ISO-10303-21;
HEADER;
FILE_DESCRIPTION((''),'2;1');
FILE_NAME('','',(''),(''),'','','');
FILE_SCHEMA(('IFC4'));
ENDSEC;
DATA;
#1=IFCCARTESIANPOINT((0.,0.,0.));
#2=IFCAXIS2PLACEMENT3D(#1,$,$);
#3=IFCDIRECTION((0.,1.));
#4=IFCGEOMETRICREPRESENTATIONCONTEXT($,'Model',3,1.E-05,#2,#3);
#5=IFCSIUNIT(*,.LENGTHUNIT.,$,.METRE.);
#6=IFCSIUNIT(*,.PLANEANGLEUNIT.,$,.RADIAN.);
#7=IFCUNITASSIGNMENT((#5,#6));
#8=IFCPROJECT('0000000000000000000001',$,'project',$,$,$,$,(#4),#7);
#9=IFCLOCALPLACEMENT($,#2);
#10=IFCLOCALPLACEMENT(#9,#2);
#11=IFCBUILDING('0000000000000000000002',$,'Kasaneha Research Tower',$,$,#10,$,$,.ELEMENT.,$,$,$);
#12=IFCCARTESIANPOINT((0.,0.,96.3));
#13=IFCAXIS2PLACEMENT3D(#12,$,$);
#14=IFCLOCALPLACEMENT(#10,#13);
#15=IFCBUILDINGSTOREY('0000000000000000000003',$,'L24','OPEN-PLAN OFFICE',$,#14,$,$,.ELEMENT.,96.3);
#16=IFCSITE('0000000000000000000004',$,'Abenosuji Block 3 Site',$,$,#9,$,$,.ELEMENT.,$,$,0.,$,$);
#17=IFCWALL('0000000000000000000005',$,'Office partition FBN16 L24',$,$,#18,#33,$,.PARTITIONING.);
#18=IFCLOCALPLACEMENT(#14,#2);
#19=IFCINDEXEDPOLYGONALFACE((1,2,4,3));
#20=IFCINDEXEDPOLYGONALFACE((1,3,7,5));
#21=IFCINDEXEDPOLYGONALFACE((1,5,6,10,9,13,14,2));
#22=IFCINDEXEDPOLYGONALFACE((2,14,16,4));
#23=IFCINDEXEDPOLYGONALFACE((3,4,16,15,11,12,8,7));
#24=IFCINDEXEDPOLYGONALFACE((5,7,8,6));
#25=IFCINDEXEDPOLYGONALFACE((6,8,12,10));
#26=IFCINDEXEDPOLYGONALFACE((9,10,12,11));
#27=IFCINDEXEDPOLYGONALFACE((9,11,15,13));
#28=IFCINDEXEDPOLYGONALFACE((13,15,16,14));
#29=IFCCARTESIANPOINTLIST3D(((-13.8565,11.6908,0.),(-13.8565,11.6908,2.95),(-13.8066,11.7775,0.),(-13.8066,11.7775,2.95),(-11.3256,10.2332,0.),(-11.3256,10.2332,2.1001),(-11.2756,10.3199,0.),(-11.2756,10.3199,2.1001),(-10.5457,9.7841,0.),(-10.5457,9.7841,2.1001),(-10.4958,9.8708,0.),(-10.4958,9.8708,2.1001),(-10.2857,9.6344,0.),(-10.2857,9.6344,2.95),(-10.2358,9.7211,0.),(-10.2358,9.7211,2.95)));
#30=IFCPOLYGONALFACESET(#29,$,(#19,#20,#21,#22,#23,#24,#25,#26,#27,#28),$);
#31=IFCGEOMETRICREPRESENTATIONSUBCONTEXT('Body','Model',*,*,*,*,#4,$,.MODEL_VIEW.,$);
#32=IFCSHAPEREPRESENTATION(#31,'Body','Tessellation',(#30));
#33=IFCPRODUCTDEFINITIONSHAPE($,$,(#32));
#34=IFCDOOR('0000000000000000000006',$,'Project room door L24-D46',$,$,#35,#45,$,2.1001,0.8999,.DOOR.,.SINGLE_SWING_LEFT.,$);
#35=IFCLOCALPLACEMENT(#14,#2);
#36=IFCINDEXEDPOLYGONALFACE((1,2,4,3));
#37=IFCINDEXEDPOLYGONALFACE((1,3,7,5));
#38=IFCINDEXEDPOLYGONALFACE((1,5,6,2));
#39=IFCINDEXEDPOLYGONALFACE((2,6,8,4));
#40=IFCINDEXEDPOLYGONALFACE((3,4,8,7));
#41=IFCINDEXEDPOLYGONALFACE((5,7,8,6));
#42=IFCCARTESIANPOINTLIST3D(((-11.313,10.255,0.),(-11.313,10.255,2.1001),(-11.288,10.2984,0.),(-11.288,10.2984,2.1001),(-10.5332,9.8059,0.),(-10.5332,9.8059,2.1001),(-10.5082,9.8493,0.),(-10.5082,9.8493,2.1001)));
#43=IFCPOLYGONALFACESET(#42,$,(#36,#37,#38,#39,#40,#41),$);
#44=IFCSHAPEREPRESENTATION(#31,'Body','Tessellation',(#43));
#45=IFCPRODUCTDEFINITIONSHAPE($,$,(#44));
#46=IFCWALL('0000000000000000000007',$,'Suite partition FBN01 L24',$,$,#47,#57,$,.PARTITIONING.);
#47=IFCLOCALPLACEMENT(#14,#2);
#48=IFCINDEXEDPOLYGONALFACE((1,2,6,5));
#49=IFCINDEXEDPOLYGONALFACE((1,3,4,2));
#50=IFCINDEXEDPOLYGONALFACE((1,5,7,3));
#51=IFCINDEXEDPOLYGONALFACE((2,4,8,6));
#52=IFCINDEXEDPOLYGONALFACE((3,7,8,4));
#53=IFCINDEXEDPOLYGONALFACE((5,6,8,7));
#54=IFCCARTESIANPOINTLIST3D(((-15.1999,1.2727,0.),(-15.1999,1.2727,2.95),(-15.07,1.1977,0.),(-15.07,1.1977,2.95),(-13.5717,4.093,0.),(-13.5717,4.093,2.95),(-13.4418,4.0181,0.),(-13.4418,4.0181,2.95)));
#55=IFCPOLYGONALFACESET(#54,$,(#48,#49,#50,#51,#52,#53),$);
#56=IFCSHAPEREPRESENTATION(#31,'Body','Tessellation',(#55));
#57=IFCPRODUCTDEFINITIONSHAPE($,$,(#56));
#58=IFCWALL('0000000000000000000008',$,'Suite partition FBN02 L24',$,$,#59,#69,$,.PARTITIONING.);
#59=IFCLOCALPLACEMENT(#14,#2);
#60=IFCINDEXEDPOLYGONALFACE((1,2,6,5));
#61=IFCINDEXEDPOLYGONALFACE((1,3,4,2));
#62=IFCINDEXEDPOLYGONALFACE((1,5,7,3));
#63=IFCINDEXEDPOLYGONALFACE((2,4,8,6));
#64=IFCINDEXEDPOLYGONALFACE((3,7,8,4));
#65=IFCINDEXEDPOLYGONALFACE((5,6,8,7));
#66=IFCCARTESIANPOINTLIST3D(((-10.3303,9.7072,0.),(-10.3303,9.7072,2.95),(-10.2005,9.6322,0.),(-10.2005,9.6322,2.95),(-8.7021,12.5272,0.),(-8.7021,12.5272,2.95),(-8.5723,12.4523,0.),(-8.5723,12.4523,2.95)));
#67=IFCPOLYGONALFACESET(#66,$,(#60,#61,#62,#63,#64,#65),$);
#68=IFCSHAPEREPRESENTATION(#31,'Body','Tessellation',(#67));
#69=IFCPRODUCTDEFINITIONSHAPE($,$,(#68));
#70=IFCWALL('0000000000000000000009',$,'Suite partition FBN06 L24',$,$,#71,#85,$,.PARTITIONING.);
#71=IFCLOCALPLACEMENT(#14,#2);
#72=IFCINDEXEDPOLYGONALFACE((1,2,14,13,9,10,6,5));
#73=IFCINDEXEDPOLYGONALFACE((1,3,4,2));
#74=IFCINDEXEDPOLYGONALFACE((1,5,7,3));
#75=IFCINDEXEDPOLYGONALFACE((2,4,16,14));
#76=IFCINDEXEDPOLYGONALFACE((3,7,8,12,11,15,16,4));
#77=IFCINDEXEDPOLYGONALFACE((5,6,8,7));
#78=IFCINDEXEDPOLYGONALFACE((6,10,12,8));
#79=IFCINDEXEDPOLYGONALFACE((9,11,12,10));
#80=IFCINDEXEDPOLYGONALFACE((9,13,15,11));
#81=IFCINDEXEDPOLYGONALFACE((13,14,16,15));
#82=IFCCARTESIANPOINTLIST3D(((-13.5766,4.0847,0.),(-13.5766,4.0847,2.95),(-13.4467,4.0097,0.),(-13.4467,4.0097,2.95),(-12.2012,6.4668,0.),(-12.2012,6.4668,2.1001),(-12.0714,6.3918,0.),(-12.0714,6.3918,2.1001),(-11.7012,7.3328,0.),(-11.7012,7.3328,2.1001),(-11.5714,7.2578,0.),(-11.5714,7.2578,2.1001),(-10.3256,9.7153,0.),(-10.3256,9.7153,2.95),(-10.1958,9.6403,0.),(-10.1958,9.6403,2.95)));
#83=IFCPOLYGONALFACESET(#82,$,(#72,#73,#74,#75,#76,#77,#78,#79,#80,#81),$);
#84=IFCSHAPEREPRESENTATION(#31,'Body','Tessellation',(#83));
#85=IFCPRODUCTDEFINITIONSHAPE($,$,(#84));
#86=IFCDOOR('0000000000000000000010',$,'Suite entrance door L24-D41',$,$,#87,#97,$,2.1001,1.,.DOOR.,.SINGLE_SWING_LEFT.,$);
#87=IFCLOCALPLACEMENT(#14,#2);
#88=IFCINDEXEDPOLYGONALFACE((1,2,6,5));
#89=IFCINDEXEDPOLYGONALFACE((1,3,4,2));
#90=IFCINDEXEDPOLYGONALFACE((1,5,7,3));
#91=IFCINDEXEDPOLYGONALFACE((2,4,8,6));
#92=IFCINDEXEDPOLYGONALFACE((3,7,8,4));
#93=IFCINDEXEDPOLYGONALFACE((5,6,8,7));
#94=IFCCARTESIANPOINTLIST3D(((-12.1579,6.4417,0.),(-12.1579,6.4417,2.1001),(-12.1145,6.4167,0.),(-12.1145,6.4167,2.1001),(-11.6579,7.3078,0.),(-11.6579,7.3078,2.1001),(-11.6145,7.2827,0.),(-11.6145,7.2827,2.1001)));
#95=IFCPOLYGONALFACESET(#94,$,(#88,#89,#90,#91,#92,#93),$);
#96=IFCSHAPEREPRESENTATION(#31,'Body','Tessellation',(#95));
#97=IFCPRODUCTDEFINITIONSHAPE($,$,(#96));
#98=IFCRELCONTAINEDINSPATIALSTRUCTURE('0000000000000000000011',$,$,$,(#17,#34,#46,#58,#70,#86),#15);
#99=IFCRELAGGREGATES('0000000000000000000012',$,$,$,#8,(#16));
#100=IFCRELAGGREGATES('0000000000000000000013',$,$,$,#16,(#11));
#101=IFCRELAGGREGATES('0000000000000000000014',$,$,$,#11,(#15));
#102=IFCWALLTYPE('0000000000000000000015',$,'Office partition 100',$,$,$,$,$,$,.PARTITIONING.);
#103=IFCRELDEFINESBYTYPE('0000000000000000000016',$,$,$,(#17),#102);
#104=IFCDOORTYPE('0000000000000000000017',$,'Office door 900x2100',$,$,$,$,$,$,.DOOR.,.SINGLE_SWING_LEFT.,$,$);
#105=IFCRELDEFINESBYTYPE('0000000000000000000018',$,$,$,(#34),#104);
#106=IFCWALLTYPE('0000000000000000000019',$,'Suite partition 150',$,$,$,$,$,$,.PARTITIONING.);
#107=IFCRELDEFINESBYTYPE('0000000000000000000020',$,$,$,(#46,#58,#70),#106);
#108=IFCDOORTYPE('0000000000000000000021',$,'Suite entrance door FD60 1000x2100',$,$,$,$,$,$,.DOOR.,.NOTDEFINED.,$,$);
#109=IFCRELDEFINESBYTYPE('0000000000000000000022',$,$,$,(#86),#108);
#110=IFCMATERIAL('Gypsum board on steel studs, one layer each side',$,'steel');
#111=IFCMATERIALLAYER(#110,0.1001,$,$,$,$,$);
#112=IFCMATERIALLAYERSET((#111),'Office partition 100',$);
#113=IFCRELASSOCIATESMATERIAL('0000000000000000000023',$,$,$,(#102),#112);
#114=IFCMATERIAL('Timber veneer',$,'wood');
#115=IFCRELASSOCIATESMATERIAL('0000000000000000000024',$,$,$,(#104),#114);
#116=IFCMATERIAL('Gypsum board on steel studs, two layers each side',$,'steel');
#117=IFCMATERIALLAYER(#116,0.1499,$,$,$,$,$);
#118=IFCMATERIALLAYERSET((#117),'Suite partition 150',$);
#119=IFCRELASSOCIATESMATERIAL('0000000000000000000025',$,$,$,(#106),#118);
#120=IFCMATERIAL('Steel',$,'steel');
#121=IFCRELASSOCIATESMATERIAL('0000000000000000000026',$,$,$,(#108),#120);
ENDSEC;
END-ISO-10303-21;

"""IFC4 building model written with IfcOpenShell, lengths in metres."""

from ifc_helpers import new_model, si_unit, direction, frame, frame_2d, origin, place, context, subcontext, project, spatial, rectangle, extrude, material, layer, layer_set, type_object, element, fill, save


model = new_model("IFC4")

# Units and contexts
model_context = context("Model", 3, precision=1e-05, world=origin(), true_north=direction((0.0, 1.0)))
body_context = subcontext(model_context, "Body", "Model", "MODEL_VIEW")
ifc_project = project(units=[si_unit("LENGTHUNIT", "METRE"), si_unit("PLANEANGLEUNIT", "RADIAN")], contexts=[model_context])

# Site, building, storey
site_placement = place(None, origin())
site = spatial("IfcSite", under=ifc_project, at=site_placement, Name="Abenosuji Block 3 Site", CompositionType="ELEMENT", RefElevation=0.0)
building_placement = place(site_placement, origin())
building = spatial("IfcBuilding", under=site, at=building_placement, Name="Kasaneha Research Tower", CompositionType="ELEMENT")
storey_placement = place(building_placement, frame((0.0, 0.0, 96.3)))
storey = spatial("IfcBuildingStorey", under=building, at=storey_placement, Name="L24", Description="OPEN-PLAN OFFICE", CompositionType="ELEMENT", Elevation=96.3)

# Shared definitions
ifc_material_1 = material(Name="Gypsum board on steel studs, one layer each side", Category="steel")
ifc_layer_1 = layer(ifc_material_1, 0.1001)
ifc_layer_set_1 = layer_set([ifc_layer_1], Name="Office partition 100")
wall_type_1 = type_object("IfcWallType", Name="Office partition 100", PredefinedType="PARTITIONING", material=ifc_layer_set_1)

# Wall, opening, door
wall_1_placement = place(storey_placement, frame((-10.2607, 9.6777, 0.0), z_axis=(0.0, 0.0, 1.0), x_axis=(-0.866572, 0.499052, 0.0)))
wall_1 = element("IfcWall", 1, at=wall_1_placement, inside=storey, type_object=wall_type_1, Name="Office partition FBN16 L24", PredefinedType="PARTITIONING", context=body_context, shape_type="SweptSolid", body=[
    extrude(rectangle(XDim=4.1206, YDim=0.1001, at=frame_2d((2.0603, 0.0))), origin(), (0.0, 0.0, 1.0), 2.95),
])
opening_1_placement = place(wall_1_placement, frame((0.3, 0.0, 0.0)))
opening_1 = element("IfcOpeningElement", 2, at=opening_1_placement, cuts=wall_1, PredefinedType="OPENING", context=body_context, shape_type="SweptSolid", body=[
    extrude(rectangle(XDim=0.8999, YDim=2.1001, at=frame_2d((0.45, 1.05))), frame((0.0, 0.0601, 0.0), z_axis=(0.0, -1.0, 0.0), x_axis=(1.0, 0.0, 0.0)), (0.0, 0.0, 1.0), 0.1201),
])
ifc_material_2 = material(Name="Timber veneer", Category="wood")
door_type_1 = type_object("IfcDoorType", Name="Office door 900x2100", OperationType="SINGLE_SWING_LEFT", PredefinedType="DOOR", material=ifc_material_2)
door_1_placement = place(opening_1_placement, origin())
door_1 = element("IfcDoor", 3, at=door_1_placement, inside=storey, type_object=door_type_1, Name="Project room door L24-D46", OperationType="SINGLE_SWING_LEFT", OverallHeight=2.1001, OverallWidth=0.8999, PredefinedType="DOOR", context=body_context, shape_type="SweptSolid", body=[
    extrude(rectangle(XDim=0.8999, YDim=2.1001, at=frame_2d((0.45, 1.05))), frame((0.0, 0.0249, 0.0), z_axis=(0.0, -1.0, 0.0), x_axis=(1.0, 0.0, 0.0)), (0.0, 0.0, 1.0), 0.05),
])
fill(opening_1, door_1)

# Walls
ifc_material_3 = material(Name="Gypsum board on steel studs, two layers each side", Category="steel")
ifc_layer_2 = layer(ifc_material_3, 0.1499)
ifc_layer_set_2 = layer_set([ifc_layer_2], Name="Suite partition 150")
wall_type_2 = type_object("IfcWallType", Name="Suite partition 150", PredefinedType="PARTITIONING", material=ifc_layer_set_2)
wall_2_placement = place(storey_placement, frame((-15.135, 1.2351, 0.0), z_axis=(0.0, 0.0, 1.0), x_axis=(0.499969, 0.866043, 0.0)))
element("IfcWall", 4, at=wall_2_placement, inside=storey, type_object=wall_type_2, Name="Suite partition FBN01 L24", PredefinedType="PARTITIONING", context=body_context, shape_type="SweptSolid", body=[
    extrude(rectangle(XDim=3.2566, YDim=0.1499, at=frame_2d((1.6284, 0.0))), origin(), (0.0, 0.0, 1.0), 2.95),
])
wall_3_placement = place(storey_placement, frame((-10.2654, 9.6697, 0.0), z_axis=(0.0, 0.0, 1.0), x_axis=(0.500002, 0.866025, 0.0)))
element("IfcWall", 5, at=wall_3_placement, inside=storey, type_object=wall_type_2, Name="Suite partition FBN02 L24", PredefinedType="PARTITIONING", context=body_context, shape_type="SweptSolid", body=[
    extrude(rectangle(XDim=3.2563, YDim=0.1499, at=frame_2d((1.6282, 0.0))), origin(), (0.0, 0.0, 1.0), 2.95),
])

# Wall, opening, door
wall_4_placement = place(storey_placement, frame((-13.5117, 4.0471, 0.0), z_axis=(0.0, 0.0, 1.0), x_axis=(0.500016, 0.866016, 0.0)))
wall_4 = element("IfcWall", 6, at=wall_4_placement, inside=storey, type_object=wall_type_2, Name="Suite partition FBN06 L24", PredefinedType="PARTITIONING", context=body_context, shape_type="SweptSolid", body=[
    extrude(rectangle(XDim=6.5017, YDim=0.1499, at=frame_2d((3.251, 0.0))), origin(), (0.0, 0.0, 1.0), 2.95),
])
opening_2_placement = place(wall_4_placement, frame((2.7507, 0.0, 0.0)))
opening_2 = element("IfcOpeningElement", 7, at=opening_2_placement, cuts=wall_4, PredefinedType="OPENING", context=body_context, shape_type="SweptSolid", body=[
    extrude(rectangle(XDim=1.0, YDim=2.1001, at=frame_2d((0.5, 1.05))), frame((0.0, 0.085, 0.0), z_axis=(0.0, -1.0, 0.0), x_axis=(1.0, 0.0, 0.0)), (0.0, 0.0, 1.0), 0.1699),
])
ifc_material_4 = material(Name="Steel", Category="steel")
door_type_2 = type_object("IfcDoorType", Name="Suite entrance door FD60 1000x2100", OperationType="NOTDEFINED", PredefinedType="DOOR", material=ifc_material_4)
door_2_placement = place(opening_2_placement, origin())
door_2 = element("IfcDoor", 8, at=door_2_placement, inside=storey, type_object=door_type_2, Name="Suite entrance door L24-D41", OperationType="SINGLE_SWING_LEFT", OverallHeight=2.1001, OverallWidth=1.0, PredefinedType="DOOR", context=body_context, shape_type="SweptSolid", body=[
    extrude(rectangle(XDim=1.0, YDim=2.1001, at=frame_2d((0.5, 1.05))), frame((0.0, 0.0249, 0.0), z_axis=(0.0, -1.0, 0.0), x_axis=(1.0, 0.0, 0.0)), (0.0, 0.0, 1.0), 0.05),
])
fill(opening_2, door_2)

save(model, "model.ifc")
